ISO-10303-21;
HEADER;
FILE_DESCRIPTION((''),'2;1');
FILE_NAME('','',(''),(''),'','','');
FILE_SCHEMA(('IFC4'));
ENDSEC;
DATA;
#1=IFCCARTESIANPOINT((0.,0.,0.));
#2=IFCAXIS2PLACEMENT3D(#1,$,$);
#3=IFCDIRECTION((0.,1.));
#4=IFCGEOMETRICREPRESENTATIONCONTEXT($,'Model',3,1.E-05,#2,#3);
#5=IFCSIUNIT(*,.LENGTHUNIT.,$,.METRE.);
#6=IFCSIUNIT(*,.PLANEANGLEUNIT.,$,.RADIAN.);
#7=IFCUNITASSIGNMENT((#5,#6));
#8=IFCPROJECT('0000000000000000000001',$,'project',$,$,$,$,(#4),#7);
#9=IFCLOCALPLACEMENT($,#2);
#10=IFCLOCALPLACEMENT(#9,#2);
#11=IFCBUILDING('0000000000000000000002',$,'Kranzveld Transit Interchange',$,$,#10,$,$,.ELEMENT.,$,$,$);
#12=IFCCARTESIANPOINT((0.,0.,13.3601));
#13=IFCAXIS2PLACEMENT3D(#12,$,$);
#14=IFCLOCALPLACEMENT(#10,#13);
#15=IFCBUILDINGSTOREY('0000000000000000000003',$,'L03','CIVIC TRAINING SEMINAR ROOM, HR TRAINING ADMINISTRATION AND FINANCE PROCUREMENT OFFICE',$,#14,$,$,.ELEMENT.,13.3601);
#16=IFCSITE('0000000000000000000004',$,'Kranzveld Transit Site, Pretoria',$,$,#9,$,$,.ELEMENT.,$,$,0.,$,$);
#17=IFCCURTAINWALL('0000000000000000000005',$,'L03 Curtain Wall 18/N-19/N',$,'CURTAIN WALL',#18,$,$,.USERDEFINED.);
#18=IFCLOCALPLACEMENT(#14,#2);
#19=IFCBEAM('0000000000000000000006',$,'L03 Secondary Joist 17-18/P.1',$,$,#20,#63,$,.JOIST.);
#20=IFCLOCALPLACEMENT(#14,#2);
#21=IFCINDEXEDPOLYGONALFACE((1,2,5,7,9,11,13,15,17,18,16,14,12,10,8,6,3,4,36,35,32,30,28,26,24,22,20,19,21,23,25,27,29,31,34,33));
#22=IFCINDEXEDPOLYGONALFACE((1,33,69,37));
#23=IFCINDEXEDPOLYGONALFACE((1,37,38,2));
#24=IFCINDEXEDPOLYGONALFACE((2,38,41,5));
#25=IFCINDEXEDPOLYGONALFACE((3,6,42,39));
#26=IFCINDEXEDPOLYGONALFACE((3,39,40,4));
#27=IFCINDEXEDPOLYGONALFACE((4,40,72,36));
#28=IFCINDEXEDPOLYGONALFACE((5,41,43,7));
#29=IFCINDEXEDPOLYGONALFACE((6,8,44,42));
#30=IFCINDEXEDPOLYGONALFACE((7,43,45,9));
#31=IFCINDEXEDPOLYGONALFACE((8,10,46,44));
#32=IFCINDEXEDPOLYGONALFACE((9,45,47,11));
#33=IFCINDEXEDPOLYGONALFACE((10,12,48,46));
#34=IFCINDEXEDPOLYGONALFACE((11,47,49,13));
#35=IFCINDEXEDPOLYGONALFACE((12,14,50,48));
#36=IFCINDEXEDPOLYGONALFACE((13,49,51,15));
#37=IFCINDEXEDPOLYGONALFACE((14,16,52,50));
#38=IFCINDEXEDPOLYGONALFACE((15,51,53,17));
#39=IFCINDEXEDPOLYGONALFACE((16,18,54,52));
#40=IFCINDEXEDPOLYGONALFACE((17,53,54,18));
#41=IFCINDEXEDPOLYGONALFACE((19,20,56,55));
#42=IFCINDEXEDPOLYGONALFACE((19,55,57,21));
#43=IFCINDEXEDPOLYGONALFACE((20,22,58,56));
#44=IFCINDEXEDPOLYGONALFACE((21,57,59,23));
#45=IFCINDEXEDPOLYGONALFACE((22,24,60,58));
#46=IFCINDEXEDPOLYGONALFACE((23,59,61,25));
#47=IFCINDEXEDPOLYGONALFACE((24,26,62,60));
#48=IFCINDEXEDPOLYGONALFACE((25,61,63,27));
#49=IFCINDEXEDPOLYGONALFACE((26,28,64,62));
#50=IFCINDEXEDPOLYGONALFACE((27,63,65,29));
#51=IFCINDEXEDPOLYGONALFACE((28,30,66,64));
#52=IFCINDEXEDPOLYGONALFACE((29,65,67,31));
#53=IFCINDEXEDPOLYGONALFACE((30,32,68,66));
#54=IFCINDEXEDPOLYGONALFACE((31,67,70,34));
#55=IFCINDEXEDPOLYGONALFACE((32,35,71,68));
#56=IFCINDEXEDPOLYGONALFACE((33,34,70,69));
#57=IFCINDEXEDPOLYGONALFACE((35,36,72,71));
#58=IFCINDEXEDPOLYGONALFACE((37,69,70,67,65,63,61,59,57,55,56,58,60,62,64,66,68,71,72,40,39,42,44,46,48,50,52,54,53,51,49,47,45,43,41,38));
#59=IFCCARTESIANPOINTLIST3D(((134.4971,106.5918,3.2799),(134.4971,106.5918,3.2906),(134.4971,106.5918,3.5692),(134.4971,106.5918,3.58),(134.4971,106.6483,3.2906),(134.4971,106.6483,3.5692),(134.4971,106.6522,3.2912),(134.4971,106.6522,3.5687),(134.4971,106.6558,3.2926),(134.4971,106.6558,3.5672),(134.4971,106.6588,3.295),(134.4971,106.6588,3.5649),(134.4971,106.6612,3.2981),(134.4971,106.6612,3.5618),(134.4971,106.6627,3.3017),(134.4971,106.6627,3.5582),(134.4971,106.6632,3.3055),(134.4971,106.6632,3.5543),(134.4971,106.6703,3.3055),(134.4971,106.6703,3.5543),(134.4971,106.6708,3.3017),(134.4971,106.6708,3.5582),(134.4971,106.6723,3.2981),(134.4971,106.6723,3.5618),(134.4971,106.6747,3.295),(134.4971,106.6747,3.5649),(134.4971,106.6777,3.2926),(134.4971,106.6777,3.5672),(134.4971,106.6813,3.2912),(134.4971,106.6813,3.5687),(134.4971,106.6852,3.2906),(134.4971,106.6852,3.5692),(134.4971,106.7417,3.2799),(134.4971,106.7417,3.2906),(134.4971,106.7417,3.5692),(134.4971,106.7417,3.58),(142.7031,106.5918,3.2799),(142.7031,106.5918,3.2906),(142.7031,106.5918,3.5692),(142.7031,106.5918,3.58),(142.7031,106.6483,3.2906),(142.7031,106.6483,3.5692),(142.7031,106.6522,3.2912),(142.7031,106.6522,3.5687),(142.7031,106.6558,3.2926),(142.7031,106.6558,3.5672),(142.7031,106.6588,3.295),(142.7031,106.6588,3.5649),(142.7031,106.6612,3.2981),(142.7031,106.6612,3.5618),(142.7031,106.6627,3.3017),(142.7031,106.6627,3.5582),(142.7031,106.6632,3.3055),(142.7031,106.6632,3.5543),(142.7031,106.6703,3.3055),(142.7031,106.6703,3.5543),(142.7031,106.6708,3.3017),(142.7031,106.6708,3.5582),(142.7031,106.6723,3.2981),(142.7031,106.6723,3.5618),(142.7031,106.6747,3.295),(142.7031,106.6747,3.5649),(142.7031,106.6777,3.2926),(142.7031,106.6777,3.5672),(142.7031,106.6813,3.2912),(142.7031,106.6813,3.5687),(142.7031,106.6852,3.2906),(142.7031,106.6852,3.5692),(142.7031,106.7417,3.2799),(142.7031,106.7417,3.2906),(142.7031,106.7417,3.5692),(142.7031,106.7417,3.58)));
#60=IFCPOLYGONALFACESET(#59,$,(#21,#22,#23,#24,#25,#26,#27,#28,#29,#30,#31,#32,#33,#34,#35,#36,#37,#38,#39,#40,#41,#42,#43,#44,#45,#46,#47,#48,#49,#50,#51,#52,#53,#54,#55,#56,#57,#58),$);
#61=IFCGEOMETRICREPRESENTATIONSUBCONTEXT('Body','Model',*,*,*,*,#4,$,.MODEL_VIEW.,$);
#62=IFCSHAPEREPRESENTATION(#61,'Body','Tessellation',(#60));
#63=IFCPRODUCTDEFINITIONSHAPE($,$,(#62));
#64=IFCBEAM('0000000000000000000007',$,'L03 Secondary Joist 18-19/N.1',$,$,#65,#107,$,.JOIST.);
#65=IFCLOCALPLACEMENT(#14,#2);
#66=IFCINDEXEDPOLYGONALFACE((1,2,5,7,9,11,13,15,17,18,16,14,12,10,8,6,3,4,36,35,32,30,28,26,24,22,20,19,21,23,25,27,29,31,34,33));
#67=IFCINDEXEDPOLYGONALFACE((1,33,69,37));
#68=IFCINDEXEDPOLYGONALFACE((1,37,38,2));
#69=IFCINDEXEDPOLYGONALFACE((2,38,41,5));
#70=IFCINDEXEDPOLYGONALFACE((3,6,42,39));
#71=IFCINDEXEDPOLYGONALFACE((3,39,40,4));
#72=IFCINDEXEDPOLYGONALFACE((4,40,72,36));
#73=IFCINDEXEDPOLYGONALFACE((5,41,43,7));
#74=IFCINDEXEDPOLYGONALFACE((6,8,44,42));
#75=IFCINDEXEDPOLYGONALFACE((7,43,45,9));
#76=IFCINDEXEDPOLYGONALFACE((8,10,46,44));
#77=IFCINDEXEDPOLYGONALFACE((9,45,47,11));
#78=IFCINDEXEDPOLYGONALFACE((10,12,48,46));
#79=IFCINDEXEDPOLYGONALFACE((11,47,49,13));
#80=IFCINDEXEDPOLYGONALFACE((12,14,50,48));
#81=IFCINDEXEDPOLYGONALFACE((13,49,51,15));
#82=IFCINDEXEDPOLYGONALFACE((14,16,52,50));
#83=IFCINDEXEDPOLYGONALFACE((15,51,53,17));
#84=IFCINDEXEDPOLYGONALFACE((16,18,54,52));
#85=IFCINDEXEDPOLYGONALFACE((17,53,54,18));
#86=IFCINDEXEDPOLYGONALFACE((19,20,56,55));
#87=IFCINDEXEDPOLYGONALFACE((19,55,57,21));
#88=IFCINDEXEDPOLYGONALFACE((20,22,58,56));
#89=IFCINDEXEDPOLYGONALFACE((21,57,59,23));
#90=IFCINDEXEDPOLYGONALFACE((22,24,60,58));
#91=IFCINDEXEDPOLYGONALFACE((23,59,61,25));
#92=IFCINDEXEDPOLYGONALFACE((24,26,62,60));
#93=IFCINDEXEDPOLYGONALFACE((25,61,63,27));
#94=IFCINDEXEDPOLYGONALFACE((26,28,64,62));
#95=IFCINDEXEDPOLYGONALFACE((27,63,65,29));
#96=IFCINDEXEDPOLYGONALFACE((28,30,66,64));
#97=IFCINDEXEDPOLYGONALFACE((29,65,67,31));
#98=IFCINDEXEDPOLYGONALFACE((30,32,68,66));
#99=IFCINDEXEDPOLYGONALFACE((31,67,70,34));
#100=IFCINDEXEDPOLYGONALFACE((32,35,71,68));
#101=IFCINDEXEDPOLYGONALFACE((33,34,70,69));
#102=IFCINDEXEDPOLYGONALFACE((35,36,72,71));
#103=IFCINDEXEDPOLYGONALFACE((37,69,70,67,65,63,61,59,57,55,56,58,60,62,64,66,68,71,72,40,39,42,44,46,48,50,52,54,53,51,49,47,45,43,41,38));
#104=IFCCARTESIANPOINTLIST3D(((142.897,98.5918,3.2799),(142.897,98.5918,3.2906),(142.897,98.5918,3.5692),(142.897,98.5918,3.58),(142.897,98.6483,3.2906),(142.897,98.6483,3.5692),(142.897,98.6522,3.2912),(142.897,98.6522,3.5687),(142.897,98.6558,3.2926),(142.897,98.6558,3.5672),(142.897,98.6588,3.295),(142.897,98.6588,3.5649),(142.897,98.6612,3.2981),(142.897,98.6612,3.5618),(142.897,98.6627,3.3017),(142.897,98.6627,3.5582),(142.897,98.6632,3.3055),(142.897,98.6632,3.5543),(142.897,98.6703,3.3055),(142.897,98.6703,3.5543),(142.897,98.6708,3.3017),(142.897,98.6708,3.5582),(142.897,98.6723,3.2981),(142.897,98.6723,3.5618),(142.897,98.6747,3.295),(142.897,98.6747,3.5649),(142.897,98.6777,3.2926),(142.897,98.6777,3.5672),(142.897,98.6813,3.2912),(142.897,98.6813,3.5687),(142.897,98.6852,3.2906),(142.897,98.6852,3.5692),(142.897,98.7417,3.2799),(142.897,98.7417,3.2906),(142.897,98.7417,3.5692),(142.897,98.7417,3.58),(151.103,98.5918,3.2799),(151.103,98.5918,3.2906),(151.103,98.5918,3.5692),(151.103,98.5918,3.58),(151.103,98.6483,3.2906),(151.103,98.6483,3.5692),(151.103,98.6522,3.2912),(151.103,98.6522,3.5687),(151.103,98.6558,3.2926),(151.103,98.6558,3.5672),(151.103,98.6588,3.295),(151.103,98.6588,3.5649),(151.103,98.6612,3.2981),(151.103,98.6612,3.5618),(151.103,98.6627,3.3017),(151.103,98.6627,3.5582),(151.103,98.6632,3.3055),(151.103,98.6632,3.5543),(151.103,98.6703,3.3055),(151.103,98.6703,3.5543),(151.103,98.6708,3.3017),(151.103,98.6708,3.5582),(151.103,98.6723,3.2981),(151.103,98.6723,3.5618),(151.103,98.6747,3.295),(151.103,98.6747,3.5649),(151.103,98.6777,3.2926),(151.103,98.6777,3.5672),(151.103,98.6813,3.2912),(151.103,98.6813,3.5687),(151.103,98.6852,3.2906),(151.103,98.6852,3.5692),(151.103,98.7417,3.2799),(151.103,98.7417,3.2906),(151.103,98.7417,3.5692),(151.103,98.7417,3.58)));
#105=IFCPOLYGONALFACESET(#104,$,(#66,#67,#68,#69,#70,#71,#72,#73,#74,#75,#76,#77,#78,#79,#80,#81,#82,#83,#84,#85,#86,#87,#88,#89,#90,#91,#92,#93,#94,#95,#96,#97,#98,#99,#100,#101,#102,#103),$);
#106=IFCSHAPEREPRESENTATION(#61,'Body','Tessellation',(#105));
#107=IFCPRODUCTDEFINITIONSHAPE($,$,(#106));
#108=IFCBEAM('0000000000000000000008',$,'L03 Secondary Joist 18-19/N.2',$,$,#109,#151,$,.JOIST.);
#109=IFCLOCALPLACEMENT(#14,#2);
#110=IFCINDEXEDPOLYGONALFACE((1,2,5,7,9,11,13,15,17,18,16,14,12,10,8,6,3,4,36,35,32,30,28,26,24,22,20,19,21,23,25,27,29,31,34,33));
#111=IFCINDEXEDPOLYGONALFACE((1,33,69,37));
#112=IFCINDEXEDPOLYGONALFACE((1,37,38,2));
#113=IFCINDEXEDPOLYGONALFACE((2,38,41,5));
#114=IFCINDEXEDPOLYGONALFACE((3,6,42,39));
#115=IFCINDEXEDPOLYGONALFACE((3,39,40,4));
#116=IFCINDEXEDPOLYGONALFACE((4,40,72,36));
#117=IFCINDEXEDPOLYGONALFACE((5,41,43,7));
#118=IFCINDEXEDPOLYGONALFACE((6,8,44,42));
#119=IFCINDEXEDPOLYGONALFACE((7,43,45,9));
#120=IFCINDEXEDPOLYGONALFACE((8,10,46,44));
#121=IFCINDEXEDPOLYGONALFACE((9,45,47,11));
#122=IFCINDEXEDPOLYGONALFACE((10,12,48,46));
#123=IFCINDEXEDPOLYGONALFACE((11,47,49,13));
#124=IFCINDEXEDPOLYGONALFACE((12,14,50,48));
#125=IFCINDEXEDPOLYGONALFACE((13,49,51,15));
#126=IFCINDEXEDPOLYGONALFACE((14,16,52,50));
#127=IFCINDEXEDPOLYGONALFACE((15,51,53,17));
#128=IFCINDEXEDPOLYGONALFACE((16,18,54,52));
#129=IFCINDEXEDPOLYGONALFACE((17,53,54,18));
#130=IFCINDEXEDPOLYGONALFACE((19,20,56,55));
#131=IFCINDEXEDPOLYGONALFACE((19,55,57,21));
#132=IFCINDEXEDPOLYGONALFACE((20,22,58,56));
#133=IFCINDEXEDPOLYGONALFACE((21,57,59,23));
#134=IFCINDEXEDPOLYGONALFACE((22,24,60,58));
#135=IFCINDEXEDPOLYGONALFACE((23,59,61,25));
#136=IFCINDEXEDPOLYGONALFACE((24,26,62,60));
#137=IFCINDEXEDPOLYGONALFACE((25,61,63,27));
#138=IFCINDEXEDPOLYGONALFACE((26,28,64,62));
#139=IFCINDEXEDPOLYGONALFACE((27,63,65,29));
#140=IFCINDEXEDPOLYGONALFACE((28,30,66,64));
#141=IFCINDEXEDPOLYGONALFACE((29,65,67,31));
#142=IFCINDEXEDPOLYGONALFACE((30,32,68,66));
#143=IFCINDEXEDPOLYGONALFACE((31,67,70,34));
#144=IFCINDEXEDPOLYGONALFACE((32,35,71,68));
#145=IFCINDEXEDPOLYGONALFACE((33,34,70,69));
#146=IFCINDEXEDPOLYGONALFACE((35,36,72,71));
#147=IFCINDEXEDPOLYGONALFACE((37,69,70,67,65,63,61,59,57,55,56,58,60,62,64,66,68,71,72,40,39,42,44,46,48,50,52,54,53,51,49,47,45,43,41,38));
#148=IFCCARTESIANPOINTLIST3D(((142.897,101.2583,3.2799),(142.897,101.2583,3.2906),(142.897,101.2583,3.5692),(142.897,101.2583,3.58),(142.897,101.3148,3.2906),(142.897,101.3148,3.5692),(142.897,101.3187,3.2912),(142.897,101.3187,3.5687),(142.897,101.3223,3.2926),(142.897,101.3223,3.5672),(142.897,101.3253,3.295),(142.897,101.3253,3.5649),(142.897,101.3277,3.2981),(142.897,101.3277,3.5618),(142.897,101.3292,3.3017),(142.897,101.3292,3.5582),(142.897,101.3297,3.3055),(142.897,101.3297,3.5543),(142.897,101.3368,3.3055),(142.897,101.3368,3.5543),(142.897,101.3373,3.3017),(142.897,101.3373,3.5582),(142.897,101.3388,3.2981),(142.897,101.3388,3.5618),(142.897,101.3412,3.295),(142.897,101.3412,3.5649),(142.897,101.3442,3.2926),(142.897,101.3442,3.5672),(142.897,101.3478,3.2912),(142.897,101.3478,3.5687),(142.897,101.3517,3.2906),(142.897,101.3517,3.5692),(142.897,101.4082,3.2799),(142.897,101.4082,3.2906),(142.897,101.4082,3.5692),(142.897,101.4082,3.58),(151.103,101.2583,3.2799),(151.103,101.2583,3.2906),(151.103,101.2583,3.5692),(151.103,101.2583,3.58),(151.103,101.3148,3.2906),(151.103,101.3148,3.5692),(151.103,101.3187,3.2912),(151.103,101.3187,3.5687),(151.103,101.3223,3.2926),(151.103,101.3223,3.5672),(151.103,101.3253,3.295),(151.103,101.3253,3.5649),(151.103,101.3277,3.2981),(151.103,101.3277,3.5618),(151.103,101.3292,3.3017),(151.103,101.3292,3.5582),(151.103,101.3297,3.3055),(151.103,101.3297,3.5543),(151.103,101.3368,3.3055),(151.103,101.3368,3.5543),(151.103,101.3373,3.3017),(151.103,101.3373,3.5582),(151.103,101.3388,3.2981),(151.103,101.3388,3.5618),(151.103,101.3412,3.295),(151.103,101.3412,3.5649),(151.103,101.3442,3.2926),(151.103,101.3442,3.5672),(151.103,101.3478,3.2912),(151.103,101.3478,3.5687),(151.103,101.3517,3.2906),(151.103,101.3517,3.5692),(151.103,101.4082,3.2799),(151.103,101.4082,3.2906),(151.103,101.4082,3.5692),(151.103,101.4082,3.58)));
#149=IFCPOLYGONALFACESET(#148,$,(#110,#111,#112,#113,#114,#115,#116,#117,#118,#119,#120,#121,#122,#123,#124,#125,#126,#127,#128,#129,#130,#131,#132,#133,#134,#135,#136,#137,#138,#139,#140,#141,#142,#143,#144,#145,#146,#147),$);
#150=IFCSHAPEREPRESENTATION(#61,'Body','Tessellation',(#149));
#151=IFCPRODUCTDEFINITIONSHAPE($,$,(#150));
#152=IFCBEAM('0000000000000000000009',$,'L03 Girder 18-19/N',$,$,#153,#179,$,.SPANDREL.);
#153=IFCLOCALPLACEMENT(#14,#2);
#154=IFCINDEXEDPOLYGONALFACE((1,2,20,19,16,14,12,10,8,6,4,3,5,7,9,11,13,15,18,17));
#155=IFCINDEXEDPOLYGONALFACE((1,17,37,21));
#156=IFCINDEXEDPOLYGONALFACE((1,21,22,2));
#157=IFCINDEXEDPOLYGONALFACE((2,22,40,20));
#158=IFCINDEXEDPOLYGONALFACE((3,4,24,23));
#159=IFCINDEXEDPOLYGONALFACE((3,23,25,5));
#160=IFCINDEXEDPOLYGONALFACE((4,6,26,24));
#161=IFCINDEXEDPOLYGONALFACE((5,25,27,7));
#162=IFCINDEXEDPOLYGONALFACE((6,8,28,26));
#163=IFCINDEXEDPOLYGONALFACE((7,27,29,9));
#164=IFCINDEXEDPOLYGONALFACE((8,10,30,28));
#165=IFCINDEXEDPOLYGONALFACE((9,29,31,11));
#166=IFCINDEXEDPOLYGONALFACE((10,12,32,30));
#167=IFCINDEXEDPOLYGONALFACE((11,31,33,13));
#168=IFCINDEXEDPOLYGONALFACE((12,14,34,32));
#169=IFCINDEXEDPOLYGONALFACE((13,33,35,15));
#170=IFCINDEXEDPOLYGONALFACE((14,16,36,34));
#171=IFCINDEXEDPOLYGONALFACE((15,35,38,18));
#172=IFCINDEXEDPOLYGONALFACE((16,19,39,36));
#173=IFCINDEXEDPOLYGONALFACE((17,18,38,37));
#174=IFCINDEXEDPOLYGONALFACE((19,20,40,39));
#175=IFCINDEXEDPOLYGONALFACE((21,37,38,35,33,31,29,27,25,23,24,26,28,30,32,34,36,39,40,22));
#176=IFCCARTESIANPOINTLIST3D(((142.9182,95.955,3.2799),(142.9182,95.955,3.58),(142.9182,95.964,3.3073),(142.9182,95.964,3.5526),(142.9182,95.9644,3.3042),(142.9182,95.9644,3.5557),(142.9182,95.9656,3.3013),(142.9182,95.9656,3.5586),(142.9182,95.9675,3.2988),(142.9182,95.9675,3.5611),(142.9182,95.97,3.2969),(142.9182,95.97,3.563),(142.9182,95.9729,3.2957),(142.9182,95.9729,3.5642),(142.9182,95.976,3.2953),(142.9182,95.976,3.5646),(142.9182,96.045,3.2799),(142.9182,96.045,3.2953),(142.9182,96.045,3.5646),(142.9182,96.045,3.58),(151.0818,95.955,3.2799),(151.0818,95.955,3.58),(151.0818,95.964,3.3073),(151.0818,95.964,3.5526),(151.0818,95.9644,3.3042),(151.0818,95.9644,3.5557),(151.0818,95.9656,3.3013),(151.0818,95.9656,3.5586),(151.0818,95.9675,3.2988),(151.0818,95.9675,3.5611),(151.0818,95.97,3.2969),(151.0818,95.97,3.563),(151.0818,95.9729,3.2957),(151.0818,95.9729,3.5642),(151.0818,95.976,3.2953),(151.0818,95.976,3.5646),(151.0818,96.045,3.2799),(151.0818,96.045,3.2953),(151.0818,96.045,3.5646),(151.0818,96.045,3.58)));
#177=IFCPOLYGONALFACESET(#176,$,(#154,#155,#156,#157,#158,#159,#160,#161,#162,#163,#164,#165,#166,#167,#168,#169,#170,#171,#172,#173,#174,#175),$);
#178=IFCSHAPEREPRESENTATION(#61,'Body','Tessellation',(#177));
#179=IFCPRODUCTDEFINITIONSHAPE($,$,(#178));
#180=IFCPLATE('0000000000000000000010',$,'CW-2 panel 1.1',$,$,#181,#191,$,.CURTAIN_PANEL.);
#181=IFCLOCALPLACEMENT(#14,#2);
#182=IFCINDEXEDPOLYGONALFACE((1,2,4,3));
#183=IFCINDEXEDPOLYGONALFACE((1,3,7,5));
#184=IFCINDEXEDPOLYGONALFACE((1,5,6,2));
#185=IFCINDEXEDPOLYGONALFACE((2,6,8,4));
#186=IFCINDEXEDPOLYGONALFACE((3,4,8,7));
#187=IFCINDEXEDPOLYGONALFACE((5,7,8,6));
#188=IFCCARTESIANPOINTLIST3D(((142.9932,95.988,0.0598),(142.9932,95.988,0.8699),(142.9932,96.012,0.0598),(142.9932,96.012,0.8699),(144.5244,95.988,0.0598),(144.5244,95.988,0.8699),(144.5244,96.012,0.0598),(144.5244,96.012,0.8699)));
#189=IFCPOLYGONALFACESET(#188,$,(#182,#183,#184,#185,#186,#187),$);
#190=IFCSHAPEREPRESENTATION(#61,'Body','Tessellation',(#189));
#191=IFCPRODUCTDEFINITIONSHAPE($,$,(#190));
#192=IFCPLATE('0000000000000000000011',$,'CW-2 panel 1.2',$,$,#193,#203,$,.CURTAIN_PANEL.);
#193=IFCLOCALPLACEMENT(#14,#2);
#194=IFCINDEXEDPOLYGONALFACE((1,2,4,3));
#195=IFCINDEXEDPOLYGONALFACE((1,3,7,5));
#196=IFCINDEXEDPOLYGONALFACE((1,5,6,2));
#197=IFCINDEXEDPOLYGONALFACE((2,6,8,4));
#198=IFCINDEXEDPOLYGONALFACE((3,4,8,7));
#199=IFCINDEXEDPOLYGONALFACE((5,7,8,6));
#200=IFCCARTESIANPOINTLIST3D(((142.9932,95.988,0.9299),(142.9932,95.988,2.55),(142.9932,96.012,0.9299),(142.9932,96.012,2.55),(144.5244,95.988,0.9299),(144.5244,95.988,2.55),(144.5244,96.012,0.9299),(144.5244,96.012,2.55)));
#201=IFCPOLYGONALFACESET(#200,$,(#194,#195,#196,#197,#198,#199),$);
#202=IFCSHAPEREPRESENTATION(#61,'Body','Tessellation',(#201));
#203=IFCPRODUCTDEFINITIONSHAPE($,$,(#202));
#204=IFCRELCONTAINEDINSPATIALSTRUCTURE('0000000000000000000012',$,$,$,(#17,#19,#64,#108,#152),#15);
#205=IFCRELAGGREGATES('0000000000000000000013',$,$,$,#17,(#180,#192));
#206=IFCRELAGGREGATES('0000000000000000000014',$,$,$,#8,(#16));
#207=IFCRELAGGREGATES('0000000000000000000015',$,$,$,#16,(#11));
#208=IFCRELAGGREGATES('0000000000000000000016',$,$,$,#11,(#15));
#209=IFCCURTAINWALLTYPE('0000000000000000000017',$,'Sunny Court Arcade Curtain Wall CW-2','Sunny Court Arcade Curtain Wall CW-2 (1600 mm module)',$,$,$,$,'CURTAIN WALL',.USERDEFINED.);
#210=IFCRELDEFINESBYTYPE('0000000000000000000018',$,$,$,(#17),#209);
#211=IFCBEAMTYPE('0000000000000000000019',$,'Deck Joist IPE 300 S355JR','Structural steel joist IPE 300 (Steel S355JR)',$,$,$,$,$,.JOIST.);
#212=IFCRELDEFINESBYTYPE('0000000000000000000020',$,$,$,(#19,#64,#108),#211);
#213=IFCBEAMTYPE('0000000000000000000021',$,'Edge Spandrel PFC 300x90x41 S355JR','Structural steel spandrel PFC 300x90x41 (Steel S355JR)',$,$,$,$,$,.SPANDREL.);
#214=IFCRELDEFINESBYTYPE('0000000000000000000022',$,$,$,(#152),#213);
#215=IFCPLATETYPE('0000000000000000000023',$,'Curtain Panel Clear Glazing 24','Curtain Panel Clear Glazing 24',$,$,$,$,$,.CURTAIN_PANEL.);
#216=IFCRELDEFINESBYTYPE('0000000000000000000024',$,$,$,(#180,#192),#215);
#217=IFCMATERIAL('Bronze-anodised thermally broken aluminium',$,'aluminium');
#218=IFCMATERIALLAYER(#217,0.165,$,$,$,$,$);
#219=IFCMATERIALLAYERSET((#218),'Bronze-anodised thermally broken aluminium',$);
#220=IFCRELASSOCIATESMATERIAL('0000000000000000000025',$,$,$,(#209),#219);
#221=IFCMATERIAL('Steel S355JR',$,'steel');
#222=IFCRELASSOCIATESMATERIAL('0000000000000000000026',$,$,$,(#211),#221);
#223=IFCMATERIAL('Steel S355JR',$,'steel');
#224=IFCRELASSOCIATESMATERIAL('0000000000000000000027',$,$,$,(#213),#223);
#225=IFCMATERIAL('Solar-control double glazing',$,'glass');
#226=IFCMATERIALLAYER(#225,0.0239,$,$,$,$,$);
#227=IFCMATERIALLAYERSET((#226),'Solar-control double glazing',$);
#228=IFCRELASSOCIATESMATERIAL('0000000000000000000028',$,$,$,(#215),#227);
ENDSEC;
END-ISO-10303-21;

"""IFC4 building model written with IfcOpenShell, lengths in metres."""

from ifc_helpers import new_model, si_unit, direction, frame, origin, origin_2d, place, context, subcontext, project, spatial, rectangle, i_section, u_section, extrude, material, layer, layer_set, material_profile, profile_set, type_object, element, aggregate, save


model = new_model("IFC4")

# Units and contexts
model_context = context("Model", 3, precision=1e-05, world=origin(), true_north=direction((0.0, 1.0)))
body_context = subcontext(model_context, "Body", "Model", "MODEL_VIEW")
ifc_project = project(units=[si_unit("LENGTHUNIT", "METRE"), si_unit("PLANEANGLEUNIT", "RADIAN")], contexts=[model_context])

# Site, building, storey
site_placement = place(None, origin())
site = spatial("IfcSite", under=ifc_project, at=site_placement, Name="Kranzveld Transit Site, Pretoria", CompositionType="ELEMENT", RefElevation=0.0)
building_placement = place(site_placement, origin())
building = spatial("IfcBuilding", under=site, at=building_placement, Name="Kranzveld Transit Interchange", CompositionType="ELEMENT")
storey_placement = place(building_placement, frame((0.0, 0.0, 13.3601)))
storey = spatial("IfcBuildingStorey", under=building, at=storey_placement, Name="L03", Description="CIVIC TRAINING SEMINAR ROOM, HR TRAINING ADMINISTRATION AND FINANCE PROCUREMENT OFFICE", CompositionType="ELEMENT", Elevation=13.3601)

# Curtain wall
ifc_material_1 = material(Name="Bronze-anodised thermally broken aluminium", Category="aluminium")
ifc_layer_1 = layer(ifc_material_1, 0.165)
ifc_layer_set_1 = layer_set([ifc_layer_1], Name="Bronze-anodised thermally broken aluminium")
curtain_wall_type = type_object("IfcCurtainWallType", Name="Sunny Court Arcade Curtain Wall CW-2", Description="Sunny Court Arcade Curtain Wall CW-2 (1600 mm module)", ElementType="CURTAIN WALL", PredefinedType="USERDEFINED", material=ifc_layer_set_1)
curtain_wall_placement = place(storey_placement, origin())
curtain_wall = element("IfcCurtainWall", 1, at=curtain_wall_placement, inside=storey, type_object=curtain_wall_type, Name="L03 Curtain Wall 18/N-19/N", ObjectType="CURTAIN WALL", PredefinedType="USERDEFINED")

# Beams
ifc_material_2 = material(Name="Steel S355JR", Category="steel")
ifc_material_profile_1 = material_profile(ifc_material_2, i_section(OverallWidth=0.1499, OverallDepth=0.3, WebThickness=0.0071, FlangeThickness=0.0107, FilletRadius=0.0149, at=origin_2d()), Name="IPE 300")
ifc_profile_set_1 = profile_set([ifc_material_profile_1], Name="Steel S355JR")
beam_type_1 = type_object("IfcBeamType", Name="Deck Joist IPE 300 S355JR", Description="Structural steel joist IPE 300 (Steel S355JR)", PredefinedType="JOIST", material=ifc_profile_set_1)
for number, where, z_axis, x_axis, name in (
    (2, (134.4971, 106.6667, 3.4299), (1.0, 0.0, 0.0), (0.0, 1.0, 0.0), "L03 Secondary Joist 17-18/P.1"),
    (3, (142.897, 98.6667, 3.4299), (1.0, 0.0, 0.0), (0.0, 1.0, 0.0), "L03 Secondary Joist 18-19/N.1"),
    (4, (142.897, 101.3333, 3.4299), (1.0, 0.0, 0.0), (0.0, 1.0, 0.0), "L03 Secondary Joist 18-19/N.2"),
):
    element("IfcBeam", number, at=place(storey_placement, frame(where, z_axis=z_axis, x_axis=x_axis)), inside=storey, type_object=beam_type_1, Name=name, PredefinedType="JOIST", context=body_context, shape_type="SweptSolid", body=[
        extrude(i_section(OverallWidth=0.1499, OverallDepth=0.3, WebThickness=0.0071, FlangeThickness=0.0107, FilletRadius=0.0149, at=origin_2d()), origin(), (0.0, 0.0, 1.0), 8.2061),
    ])
ifc_material_3 = material(Name="Steel S355JR", Category="steel")
ifc_material_profile_2 = material_profile(ifc_material_3, u_section(Depth=0.3, FlangeWidth=0.0901, WebThickness=0.009, FlangeThickness=0.0154, FilletRadius=0.012, at=origin_2d()), Name="PFC 300x90x41")
ifc_profile_set_2 = profile_set([ifc_material_profile_2], Name="Steel S355JR")
beam_type_2 = type_object("IfcBeamType", Name="Edge Spandrel PFC 300x90x41 S355JR", Description="Structural steel spandrel PFC 300x90x41 (Steel S355JR)", PredefinedType="SPANDREL", material=ifc_profile_set_2)
beam_1_placement = place(storey_placement, frame((142.9182, 96.0, 3.4299), z_axis=(1.0, 0.0, 0.0), x_axis=(0.0, 1.0, 0.0)))
element("IfcBeam", 5, at=beam_1_placement, inside=storey, type_object=beam_type_2, Name="L03 Girder 18-19/N", PredefinedType="SPANDREL", context=body_context, shape_type="SweptSolid", body=[
    extrude(u_section(Depth=0.3, FlangeWidth=0.0901, WebThickness=0.009, FlangeThickness=0.0154, FilletRadius=0.012, at=origin_2d()), origin(), (0.0, 0.0, 1.0), 8.1636),
])

# Plates
ifc_material_4 = material(Name="Solar-control double glazing", Category="glass")
ifc_layer_2 = layer(ifc_material_4, 0.0239)
ifc_layer_set_2 = layer_set([ifc_layer_2], Name="Solar-control double glazing")
plate_type = type_object("IfcPlateType", Name="Curtain Panel Clear Glazing 24", Description="Curtain Panel Clear Glazing 24", PredefinedType="CURTAIN_PANEL", material=ifc_layer_set_2)
plate_1_placement = place(storey_placement, frame((143.7588, 96.0, 0.0598), z_axis=(0.0, 0.0, 1.0), x_axis=(1.0, 0.0, 0.0)))
plate_1 = element("IfcPlate", 6, at=plate_1_placement, type_object=plate_type, Name="CW-2 panel 1.1", PredefinedType="CURTAIN_PANEL", context=body_context, shape_type="SweptSolid", body=[
    extrude(rectangle(XDim=1.5312, YDim=0.0239, at=origin_2d()), origin(), (0.0, 0.0, 1.0), 0.8101),
])
plate_2_placement = place(storey_placement, frame((143.7588, 96.0, 0.9299), z_axis=(0.0, 0.0, 1.0), x_axis=(1.0, 0.0, 0.0)))
plate_2 = element("IfcPlate", 7, at=plate_2_placement, type_object=plate_type, Name="CW-2 panel 1.2", PredefinedType="CURTAIN_PANEL", context=body_context, shape_type="SweptSolid", body=[
    extrude(rectangle(XDim=1.5312, YDim=0.0239, at=origin_2d()), origin(), (0.0, 0.0, 1.0), 1.6201),
])
aggregate(curtain_wall, [plate_1, plate_2])

save(model, "model.ifc")
